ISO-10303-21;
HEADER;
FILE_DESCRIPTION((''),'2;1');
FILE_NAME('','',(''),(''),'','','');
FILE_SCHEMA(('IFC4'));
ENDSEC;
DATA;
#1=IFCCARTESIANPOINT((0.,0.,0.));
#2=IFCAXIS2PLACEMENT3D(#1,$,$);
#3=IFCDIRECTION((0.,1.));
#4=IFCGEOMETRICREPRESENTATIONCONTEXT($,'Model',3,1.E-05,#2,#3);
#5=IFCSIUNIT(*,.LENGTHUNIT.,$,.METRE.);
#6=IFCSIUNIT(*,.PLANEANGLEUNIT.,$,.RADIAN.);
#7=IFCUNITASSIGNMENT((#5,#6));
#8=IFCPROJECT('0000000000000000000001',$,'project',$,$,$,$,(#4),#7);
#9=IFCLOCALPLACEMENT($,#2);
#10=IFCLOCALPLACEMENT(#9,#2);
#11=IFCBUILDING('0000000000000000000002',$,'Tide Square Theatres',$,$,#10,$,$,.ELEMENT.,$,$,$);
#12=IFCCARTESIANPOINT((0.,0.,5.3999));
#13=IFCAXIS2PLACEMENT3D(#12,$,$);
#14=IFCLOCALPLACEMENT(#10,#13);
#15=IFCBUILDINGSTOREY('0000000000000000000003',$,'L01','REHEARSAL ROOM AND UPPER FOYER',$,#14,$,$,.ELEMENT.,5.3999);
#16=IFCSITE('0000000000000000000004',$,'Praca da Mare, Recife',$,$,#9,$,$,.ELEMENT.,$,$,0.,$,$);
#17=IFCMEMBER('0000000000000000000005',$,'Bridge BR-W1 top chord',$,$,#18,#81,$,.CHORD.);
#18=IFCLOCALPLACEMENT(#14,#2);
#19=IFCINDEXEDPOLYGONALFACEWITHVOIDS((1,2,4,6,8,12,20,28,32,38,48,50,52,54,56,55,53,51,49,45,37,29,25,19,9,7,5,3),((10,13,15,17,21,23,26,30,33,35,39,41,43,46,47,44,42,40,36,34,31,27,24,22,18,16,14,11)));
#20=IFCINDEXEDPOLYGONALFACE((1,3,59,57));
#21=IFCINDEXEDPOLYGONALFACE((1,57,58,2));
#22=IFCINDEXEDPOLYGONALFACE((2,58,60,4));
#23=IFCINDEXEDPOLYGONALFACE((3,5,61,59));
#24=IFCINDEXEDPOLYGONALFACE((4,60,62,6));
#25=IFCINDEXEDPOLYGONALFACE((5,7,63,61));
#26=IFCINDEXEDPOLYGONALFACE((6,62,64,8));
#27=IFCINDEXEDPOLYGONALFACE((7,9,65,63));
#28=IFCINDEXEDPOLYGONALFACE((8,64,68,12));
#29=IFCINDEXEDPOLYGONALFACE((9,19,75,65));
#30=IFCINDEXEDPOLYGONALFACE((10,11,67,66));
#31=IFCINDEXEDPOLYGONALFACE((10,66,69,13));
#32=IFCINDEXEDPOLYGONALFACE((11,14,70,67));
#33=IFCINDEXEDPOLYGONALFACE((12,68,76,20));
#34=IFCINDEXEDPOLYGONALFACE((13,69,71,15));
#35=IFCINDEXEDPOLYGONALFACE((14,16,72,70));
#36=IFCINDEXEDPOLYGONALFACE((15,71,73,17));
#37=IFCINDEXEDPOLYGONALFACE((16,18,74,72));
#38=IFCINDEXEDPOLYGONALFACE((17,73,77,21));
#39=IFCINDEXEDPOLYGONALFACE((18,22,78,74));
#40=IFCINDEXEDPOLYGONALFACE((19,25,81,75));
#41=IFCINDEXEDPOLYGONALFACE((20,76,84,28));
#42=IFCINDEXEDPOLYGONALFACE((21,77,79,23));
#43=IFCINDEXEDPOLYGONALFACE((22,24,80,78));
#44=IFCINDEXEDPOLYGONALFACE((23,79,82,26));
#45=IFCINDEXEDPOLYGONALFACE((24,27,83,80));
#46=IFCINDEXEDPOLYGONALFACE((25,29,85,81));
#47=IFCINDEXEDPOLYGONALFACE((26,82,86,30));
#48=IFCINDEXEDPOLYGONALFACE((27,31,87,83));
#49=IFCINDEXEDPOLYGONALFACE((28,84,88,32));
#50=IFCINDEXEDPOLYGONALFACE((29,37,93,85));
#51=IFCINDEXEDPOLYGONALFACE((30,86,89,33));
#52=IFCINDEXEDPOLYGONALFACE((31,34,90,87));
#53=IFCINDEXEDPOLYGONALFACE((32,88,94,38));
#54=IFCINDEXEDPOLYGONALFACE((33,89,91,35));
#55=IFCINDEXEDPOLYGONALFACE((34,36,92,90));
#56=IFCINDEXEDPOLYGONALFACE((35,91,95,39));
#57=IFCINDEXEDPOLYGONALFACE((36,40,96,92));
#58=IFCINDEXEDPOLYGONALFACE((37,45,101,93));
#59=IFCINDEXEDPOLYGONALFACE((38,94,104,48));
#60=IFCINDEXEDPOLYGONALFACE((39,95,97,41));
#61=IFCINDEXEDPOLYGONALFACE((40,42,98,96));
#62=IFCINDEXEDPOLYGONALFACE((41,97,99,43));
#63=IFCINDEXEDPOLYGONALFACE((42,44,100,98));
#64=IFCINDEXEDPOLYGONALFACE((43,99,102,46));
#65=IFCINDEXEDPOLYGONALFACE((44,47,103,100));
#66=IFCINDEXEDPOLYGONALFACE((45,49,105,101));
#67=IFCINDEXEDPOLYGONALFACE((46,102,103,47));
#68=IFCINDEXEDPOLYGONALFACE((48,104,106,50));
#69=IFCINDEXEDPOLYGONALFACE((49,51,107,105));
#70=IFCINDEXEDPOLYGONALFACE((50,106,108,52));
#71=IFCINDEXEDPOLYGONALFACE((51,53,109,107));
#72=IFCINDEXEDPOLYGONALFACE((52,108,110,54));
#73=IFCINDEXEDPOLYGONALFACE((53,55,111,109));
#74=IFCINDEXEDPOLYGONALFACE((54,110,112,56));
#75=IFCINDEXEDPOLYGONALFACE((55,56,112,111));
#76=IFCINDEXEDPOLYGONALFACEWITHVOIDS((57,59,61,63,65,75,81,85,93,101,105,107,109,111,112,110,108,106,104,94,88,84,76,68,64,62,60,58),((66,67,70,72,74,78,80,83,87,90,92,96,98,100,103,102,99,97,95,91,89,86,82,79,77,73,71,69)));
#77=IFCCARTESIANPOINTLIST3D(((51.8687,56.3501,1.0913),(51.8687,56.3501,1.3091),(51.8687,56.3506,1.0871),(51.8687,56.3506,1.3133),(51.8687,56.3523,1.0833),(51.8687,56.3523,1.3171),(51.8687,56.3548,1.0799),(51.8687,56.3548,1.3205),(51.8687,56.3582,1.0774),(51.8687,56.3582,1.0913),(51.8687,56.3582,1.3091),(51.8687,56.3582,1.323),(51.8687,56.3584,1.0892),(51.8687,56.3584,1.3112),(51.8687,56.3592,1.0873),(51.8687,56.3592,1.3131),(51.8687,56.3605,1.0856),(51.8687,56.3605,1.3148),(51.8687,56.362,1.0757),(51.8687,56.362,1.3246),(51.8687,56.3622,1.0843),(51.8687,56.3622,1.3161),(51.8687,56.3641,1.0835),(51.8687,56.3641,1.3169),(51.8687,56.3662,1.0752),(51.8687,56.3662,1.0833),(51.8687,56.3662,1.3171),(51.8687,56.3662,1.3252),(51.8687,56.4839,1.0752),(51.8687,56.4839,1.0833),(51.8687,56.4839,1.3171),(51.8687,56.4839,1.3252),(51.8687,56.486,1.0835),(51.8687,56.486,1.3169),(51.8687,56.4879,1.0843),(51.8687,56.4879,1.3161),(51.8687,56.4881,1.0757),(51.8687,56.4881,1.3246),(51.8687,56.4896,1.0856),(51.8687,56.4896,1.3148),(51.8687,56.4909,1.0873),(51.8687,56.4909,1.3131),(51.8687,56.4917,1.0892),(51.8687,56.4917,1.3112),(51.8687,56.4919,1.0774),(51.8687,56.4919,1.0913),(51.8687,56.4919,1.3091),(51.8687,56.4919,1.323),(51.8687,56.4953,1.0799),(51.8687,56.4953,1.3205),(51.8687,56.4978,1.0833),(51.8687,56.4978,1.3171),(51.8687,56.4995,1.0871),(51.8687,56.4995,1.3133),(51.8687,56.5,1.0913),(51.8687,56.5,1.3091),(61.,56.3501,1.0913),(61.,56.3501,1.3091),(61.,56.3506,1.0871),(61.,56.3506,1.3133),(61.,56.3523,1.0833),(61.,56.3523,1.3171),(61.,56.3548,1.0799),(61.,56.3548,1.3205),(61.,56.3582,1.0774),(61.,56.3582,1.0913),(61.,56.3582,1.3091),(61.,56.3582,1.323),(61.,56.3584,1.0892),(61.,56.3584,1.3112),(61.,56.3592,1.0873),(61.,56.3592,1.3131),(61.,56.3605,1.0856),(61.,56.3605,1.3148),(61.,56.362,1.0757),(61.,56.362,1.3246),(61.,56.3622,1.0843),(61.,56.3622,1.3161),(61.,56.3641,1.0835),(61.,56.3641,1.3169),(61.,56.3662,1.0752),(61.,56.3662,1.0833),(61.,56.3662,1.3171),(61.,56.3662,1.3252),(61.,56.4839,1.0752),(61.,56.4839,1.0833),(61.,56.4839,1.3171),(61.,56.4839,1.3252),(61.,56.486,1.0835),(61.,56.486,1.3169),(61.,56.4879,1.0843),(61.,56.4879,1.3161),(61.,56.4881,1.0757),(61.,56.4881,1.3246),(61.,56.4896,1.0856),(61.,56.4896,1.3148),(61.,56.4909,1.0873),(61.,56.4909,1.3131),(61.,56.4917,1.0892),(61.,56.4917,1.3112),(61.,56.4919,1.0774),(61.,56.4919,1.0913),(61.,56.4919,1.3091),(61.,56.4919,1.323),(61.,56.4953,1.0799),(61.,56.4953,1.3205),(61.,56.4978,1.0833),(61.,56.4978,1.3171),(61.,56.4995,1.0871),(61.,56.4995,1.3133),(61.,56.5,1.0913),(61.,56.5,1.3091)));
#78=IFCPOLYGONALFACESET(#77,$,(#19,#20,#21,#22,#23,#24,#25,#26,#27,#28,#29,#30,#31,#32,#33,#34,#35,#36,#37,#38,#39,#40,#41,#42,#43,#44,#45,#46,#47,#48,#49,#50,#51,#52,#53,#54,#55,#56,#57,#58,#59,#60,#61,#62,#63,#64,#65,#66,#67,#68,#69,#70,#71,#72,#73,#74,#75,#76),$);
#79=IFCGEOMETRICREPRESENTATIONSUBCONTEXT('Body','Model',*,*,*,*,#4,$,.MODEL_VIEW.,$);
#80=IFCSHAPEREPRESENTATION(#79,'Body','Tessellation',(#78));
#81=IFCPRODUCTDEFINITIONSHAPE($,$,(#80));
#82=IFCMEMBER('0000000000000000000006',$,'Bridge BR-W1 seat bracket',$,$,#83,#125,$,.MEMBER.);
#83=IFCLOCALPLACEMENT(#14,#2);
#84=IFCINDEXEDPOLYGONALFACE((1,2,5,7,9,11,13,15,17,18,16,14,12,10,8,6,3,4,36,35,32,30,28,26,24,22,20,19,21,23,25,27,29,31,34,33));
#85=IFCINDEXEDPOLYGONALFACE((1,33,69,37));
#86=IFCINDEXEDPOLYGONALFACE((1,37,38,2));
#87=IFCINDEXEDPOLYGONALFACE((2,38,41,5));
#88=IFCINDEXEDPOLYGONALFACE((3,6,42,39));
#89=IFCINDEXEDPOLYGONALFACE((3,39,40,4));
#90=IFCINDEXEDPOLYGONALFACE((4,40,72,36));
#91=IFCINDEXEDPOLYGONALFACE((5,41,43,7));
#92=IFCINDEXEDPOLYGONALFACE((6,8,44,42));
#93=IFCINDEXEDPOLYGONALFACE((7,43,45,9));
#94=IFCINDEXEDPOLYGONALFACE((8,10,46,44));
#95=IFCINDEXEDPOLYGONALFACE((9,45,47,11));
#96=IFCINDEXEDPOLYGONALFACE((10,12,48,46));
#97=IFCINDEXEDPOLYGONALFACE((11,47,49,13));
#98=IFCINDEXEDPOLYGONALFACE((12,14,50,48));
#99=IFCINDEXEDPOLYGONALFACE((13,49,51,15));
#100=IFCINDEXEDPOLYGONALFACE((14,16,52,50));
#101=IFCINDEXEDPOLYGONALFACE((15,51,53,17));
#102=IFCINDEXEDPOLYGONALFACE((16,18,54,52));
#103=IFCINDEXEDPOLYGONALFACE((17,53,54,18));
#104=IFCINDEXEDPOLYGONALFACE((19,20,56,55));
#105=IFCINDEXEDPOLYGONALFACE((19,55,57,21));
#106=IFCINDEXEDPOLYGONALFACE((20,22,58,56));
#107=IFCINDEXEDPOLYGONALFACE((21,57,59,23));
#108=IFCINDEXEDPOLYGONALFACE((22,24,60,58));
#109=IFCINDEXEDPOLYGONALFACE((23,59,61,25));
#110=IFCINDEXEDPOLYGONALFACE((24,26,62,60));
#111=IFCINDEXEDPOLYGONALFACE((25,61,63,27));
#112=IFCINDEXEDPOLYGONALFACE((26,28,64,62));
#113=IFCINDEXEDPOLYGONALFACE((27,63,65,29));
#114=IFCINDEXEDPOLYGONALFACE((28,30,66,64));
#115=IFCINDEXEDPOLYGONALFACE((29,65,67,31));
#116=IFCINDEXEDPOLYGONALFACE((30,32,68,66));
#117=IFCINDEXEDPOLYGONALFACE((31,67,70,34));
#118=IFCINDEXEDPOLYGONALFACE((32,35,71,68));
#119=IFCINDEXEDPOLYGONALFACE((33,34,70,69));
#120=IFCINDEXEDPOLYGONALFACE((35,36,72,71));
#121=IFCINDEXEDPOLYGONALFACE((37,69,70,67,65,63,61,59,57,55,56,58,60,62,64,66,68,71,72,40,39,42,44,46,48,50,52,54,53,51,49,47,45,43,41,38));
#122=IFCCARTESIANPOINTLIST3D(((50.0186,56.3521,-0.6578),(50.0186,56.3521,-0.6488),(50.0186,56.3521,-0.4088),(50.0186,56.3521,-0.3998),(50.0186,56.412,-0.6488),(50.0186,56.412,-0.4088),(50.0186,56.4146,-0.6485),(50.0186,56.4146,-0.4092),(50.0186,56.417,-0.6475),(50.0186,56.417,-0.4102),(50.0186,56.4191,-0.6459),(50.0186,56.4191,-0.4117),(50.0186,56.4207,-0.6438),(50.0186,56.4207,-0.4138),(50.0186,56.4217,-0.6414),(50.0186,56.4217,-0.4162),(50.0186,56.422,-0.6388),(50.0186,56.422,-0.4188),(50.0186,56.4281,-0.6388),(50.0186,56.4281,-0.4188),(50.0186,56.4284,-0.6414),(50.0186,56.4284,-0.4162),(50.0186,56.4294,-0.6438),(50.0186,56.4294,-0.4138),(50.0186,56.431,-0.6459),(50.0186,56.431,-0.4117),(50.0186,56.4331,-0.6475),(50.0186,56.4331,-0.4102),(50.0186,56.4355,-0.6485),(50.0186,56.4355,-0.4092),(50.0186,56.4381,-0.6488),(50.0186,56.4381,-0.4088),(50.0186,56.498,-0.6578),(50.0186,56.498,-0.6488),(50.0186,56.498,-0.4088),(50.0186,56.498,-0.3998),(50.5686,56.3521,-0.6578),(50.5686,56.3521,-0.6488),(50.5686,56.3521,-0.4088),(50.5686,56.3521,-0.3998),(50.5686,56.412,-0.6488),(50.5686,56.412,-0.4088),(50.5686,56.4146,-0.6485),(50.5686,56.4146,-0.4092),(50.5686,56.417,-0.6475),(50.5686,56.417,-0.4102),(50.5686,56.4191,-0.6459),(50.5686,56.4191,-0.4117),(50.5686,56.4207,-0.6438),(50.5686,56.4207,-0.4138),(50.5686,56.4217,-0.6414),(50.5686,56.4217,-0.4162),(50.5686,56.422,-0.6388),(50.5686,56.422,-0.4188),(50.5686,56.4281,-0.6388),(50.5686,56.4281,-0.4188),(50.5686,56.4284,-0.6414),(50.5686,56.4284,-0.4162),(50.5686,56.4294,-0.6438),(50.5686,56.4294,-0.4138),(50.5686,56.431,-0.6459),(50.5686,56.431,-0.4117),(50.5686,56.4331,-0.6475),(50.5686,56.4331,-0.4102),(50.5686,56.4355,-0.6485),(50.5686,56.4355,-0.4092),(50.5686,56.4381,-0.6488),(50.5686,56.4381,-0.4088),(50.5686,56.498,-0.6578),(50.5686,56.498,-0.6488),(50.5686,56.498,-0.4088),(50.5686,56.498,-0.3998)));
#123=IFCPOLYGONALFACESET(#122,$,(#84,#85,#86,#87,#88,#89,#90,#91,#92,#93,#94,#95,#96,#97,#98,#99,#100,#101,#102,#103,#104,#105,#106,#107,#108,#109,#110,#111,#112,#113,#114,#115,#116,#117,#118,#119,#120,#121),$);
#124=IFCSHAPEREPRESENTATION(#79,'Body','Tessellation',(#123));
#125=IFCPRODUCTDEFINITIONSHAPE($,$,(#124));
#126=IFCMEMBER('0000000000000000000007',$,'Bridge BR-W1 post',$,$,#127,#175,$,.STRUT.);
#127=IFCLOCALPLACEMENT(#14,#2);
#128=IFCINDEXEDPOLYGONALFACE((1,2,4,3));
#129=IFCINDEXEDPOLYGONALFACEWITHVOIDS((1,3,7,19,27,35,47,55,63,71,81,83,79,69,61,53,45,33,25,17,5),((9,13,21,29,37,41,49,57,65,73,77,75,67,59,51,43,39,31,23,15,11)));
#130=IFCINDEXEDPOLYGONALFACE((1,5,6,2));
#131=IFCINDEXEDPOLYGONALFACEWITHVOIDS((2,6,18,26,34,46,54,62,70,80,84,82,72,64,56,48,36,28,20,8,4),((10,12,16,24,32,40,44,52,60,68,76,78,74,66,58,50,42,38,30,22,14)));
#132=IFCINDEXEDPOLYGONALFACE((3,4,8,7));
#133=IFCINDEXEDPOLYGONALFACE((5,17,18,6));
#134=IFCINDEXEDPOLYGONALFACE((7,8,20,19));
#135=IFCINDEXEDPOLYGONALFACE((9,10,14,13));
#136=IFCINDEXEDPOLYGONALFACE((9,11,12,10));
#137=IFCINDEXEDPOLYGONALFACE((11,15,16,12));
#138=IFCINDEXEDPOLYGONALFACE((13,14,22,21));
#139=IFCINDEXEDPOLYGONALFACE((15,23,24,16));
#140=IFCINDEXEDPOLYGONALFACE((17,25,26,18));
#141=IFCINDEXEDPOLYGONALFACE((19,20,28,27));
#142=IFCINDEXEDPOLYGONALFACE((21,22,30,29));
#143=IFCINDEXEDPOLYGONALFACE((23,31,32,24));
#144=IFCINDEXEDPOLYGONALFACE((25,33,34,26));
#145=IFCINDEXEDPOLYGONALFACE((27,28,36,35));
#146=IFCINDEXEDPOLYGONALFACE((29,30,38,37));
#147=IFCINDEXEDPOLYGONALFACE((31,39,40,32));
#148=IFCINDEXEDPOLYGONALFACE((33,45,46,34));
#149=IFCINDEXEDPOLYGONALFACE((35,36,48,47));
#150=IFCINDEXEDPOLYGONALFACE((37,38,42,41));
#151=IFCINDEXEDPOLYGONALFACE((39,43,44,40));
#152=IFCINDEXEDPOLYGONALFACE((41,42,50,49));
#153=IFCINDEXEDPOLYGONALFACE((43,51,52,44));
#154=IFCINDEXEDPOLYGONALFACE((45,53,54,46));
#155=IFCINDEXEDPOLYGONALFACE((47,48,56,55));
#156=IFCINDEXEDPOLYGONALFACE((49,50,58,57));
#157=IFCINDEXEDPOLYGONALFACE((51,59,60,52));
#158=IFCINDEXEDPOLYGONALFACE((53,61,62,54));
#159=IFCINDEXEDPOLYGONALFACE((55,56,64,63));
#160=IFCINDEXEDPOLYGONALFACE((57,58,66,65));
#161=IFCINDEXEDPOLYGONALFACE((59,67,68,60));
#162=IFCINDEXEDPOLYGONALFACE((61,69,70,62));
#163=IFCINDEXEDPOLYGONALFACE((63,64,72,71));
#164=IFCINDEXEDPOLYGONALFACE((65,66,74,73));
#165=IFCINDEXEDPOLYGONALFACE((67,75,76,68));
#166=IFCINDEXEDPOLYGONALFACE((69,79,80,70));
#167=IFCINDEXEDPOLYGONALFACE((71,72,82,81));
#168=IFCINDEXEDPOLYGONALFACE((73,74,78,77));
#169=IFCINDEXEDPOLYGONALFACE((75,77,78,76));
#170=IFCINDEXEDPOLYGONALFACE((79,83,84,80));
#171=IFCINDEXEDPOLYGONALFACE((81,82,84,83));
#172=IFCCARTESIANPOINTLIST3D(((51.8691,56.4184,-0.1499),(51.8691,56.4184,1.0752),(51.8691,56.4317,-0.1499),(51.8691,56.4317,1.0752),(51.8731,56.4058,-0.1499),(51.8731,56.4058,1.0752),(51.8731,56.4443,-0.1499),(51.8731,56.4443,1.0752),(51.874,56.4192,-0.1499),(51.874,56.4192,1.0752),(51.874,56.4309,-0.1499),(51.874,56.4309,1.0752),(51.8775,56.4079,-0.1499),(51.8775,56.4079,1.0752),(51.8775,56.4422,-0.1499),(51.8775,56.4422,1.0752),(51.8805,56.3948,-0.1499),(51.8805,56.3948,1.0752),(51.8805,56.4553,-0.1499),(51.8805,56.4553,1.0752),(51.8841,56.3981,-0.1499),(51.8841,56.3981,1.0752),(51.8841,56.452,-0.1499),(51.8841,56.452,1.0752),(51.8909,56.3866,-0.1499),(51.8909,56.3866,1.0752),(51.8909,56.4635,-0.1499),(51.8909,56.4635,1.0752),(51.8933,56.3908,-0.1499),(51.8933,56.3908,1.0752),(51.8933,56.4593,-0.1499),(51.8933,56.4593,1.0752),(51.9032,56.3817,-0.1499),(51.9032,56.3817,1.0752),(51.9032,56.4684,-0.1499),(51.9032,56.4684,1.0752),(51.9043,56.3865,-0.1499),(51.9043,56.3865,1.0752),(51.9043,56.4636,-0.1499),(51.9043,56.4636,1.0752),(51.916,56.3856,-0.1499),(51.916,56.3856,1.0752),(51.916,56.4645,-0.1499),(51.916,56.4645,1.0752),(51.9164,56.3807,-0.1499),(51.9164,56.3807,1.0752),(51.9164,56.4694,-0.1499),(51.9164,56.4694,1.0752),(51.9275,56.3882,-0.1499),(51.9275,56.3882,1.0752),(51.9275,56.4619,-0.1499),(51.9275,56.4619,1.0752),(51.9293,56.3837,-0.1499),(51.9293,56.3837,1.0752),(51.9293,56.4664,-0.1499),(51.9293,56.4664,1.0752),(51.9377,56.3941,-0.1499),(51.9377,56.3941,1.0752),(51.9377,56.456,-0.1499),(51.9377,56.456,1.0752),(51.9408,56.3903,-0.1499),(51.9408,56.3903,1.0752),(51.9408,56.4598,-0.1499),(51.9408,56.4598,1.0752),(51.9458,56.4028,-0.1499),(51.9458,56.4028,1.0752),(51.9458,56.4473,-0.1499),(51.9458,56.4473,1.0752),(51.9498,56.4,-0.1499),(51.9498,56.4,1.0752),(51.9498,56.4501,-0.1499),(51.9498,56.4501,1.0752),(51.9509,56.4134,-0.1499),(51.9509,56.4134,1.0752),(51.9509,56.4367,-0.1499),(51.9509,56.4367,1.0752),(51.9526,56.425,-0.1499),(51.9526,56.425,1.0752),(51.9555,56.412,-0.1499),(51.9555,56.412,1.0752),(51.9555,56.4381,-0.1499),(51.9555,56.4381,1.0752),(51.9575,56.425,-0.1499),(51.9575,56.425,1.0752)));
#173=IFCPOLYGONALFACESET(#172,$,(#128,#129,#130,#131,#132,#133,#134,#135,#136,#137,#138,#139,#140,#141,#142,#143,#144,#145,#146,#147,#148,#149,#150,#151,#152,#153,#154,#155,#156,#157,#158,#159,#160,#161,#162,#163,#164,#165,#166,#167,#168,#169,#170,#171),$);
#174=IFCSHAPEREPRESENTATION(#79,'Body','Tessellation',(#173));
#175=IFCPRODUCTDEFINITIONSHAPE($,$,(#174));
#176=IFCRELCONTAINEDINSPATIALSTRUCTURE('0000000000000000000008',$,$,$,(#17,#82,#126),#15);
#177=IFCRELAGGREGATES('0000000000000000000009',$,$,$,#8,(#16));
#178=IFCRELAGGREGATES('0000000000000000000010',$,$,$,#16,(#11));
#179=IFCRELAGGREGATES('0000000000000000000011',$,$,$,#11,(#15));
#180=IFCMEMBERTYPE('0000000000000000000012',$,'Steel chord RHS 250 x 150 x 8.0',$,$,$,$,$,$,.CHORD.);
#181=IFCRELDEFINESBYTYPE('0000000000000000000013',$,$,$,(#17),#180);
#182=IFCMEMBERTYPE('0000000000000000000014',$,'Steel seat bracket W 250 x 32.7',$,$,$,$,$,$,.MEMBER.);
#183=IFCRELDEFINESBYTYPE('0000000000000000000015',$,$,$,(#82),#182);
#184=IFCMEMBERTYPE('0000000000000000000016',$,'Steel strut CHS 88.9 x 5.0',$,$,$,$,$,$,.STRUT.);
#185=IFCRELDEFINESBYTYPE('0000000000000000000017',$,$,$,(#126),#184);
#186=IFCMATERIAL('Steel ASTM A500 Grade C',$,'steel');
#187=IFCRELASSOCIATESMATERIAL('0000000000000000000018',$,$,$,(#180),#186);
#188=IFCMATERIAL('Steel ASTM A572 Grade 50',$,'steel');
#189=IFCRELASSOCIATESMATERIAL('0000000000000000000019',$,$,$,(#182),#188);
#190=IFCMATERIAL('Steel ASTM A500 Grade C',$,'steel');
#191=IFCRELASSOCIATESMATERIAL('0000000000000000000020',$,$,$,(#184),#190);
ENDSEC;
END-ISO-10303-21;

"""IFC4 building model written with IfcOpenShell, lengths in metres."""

from ifc_helpers import new_model, si_unit, direction, frame, origin, origin_2d, place, context, subcontext, project, spatial, hollow_rectangle, hollow_circle, i_section, extrude, material, material_profile, profile_set, type_object, element, save


model = new_model("IFC4")

# Units and contexts
model_context = context("Model", 3, precision=1e-05, world=origin(), true_north=direction((0.0, 1.0)))
body_context = subcontext(model_context, "Body", "Model", "MODEL_VIEW")
ifc_project = project(units=[si_unit("LENGTHUNIT", "METRE"), si_unit("PLANEANGLEUNIT", "RADIAN")], contexts=[model_context])

# Site, building, storey
site_placement = place(None, origin())
site = spatial("IfcSite", under=ifc_project, at=site_placement, Name="Praca da Mare, Recife", CompositionType="ELEMENT", RefElevation=0.0)
building_placement = place(site_placement, origin())
building = spatial("IfcBuilding", under=site, at=building_placement, Name="Tide Square Theatres", CompositionType="ELEMENT")
storey_placement = place(building_placement, frame((0.0, 0.0, 5.3999)))
storey = spatial("IfcBuildingStorey", under=building, at=storey_placement, Name="L01", Description="REHEARSAL ROOM AND UPPER FOYER", CompositionType="ELEMENT", Elevation=5.3999)

# Members
ifc_material_1 = material(Name="Steel ASTM A500 Grade C", Category="steel")
ifc_material_profile_1 = material_profile(ifc_material_1, hollow_rectangle(XDim=0.1499, YDim=0.25, WallThickness=0.0081, InnerFilletRadius=0.0081, OuterFilletRadius=0.0161, at=origin_2d()))
ifc_profile_set_1 = profile_set([ifc_material_profile_1], Name="Steel ASTM A500 Grade C")
member_type_1 = type_object("IfcMemberType", Name="Steel chord RHS 250 x 150 x 8.0", PredefinedType="CHORD", material=ifc_profile_set_1)
member_1_placement = place(storey_placement, frame((51.8687, 56.425, 1.2002), z_axis=(1.0, 0.0, 0.0), x_axis=(0.0, 1.0, 0.0)))
element("IfcMember", 1, at=member_1_placement, inside=storey, type_object=member_type_1, Name="Bridge BR-W1 top chord", PredefinedType="CHORD", context=body_context, shape_type="SweptSolid", body=[
    extrude(hollow_rectangle(XDim=0.1499, YDim=0.25, WallThickness=0.0081, InnerFilletRadius=0.0081, OuterFilletRadius=0.0161, at=origin_2d()), origin(), (0.0, 0.0, 1.0), 9.1313),
])
ifc_material_2 = material(Name="Steel ASTM A572 Grade 50", Category="steel")
ifc_material_profile_2 = material_profile(ifc_material_2, i_section(OverallWidth=0.146, OverallDepth=0.2581, WebThickness=0.0061, FlangeThickness=0.009, FilletRadius=0.01, at=origin_2d()))
ifc_profile_set_2 = profile_set([ifc_material_profile_2], Name="Steel ASTM A572 Grade 50")
member_type_2 = type_object("IfcMemberType", Name="Steel seat bracket W 250 x 32.7", PredefinedType="MEMBER", material=ifc_profile_set_2)
member_2_placement = place(storey_placement, frame((50.0186, 56.425, -0.5288), z_axis=(1.0, 0.0, 0.0), x_axis=(0.0, 1.0, 0.0)))
element("IfcMember", 2, at=member_2_placement, inside=storey, type_object=member_type_2, Name="Bridge BR-W1 seat bracket", PredefinedType="MEMBER", context=body_context, shape_type="SweptSolid", body=[
    extrude(i_section(OverallWidth=0.146, OverallDepth=0.2581, WebThickness=0.0061, FlangeThickness=0.009, FilletRadius=0.01, at=origin_2d()), origin(), (0.0, 0.0, 1.0), 0.55),
])
ifc_material_3 = material(Name="Steel ASTM A500 Grade C", Category="steel")
ifc_material_profile_3 = material_profile(ifc_material_3, hollow_circle(Radius=0.0444, WallThickness=0.0049, at=origin_2d()))
ifc_profile_set_3 = profile_set([ifc_material_profile_3], Name="Steel ASTM A500 Grade C")
member_type_3 = type_object("IfcMemberType", Name="Steel strut CHS 88.9 x 5.0", PredefinedType="STRUT", material=ifc_profile_set_3)
for number, where, z_axis, x_axis, name in (
    (3, (51.9131, 56.425, -0.1499), (0.0, 0.0, 1.0), (1.0, 0.0, 0.0), "Bridge BR-W1 post"),
):
    element("IfcMember", number, at=place(storey_placement, frame(where, z_axis=z_axis, x_axis=x_axis)), inside=storey, type_object=member_type_3, Name=name, PredefinedType="STRUT", context=body_context, shape_type="SweptSolid", body=[
        extrude(hollow_circle(Radius=0.0444, WallThickness=0.0049, at=origin_2d()), origin(), (0.0, 0.0, 1.0), 1.2251),
    ])

save(model, "model.ifc")
